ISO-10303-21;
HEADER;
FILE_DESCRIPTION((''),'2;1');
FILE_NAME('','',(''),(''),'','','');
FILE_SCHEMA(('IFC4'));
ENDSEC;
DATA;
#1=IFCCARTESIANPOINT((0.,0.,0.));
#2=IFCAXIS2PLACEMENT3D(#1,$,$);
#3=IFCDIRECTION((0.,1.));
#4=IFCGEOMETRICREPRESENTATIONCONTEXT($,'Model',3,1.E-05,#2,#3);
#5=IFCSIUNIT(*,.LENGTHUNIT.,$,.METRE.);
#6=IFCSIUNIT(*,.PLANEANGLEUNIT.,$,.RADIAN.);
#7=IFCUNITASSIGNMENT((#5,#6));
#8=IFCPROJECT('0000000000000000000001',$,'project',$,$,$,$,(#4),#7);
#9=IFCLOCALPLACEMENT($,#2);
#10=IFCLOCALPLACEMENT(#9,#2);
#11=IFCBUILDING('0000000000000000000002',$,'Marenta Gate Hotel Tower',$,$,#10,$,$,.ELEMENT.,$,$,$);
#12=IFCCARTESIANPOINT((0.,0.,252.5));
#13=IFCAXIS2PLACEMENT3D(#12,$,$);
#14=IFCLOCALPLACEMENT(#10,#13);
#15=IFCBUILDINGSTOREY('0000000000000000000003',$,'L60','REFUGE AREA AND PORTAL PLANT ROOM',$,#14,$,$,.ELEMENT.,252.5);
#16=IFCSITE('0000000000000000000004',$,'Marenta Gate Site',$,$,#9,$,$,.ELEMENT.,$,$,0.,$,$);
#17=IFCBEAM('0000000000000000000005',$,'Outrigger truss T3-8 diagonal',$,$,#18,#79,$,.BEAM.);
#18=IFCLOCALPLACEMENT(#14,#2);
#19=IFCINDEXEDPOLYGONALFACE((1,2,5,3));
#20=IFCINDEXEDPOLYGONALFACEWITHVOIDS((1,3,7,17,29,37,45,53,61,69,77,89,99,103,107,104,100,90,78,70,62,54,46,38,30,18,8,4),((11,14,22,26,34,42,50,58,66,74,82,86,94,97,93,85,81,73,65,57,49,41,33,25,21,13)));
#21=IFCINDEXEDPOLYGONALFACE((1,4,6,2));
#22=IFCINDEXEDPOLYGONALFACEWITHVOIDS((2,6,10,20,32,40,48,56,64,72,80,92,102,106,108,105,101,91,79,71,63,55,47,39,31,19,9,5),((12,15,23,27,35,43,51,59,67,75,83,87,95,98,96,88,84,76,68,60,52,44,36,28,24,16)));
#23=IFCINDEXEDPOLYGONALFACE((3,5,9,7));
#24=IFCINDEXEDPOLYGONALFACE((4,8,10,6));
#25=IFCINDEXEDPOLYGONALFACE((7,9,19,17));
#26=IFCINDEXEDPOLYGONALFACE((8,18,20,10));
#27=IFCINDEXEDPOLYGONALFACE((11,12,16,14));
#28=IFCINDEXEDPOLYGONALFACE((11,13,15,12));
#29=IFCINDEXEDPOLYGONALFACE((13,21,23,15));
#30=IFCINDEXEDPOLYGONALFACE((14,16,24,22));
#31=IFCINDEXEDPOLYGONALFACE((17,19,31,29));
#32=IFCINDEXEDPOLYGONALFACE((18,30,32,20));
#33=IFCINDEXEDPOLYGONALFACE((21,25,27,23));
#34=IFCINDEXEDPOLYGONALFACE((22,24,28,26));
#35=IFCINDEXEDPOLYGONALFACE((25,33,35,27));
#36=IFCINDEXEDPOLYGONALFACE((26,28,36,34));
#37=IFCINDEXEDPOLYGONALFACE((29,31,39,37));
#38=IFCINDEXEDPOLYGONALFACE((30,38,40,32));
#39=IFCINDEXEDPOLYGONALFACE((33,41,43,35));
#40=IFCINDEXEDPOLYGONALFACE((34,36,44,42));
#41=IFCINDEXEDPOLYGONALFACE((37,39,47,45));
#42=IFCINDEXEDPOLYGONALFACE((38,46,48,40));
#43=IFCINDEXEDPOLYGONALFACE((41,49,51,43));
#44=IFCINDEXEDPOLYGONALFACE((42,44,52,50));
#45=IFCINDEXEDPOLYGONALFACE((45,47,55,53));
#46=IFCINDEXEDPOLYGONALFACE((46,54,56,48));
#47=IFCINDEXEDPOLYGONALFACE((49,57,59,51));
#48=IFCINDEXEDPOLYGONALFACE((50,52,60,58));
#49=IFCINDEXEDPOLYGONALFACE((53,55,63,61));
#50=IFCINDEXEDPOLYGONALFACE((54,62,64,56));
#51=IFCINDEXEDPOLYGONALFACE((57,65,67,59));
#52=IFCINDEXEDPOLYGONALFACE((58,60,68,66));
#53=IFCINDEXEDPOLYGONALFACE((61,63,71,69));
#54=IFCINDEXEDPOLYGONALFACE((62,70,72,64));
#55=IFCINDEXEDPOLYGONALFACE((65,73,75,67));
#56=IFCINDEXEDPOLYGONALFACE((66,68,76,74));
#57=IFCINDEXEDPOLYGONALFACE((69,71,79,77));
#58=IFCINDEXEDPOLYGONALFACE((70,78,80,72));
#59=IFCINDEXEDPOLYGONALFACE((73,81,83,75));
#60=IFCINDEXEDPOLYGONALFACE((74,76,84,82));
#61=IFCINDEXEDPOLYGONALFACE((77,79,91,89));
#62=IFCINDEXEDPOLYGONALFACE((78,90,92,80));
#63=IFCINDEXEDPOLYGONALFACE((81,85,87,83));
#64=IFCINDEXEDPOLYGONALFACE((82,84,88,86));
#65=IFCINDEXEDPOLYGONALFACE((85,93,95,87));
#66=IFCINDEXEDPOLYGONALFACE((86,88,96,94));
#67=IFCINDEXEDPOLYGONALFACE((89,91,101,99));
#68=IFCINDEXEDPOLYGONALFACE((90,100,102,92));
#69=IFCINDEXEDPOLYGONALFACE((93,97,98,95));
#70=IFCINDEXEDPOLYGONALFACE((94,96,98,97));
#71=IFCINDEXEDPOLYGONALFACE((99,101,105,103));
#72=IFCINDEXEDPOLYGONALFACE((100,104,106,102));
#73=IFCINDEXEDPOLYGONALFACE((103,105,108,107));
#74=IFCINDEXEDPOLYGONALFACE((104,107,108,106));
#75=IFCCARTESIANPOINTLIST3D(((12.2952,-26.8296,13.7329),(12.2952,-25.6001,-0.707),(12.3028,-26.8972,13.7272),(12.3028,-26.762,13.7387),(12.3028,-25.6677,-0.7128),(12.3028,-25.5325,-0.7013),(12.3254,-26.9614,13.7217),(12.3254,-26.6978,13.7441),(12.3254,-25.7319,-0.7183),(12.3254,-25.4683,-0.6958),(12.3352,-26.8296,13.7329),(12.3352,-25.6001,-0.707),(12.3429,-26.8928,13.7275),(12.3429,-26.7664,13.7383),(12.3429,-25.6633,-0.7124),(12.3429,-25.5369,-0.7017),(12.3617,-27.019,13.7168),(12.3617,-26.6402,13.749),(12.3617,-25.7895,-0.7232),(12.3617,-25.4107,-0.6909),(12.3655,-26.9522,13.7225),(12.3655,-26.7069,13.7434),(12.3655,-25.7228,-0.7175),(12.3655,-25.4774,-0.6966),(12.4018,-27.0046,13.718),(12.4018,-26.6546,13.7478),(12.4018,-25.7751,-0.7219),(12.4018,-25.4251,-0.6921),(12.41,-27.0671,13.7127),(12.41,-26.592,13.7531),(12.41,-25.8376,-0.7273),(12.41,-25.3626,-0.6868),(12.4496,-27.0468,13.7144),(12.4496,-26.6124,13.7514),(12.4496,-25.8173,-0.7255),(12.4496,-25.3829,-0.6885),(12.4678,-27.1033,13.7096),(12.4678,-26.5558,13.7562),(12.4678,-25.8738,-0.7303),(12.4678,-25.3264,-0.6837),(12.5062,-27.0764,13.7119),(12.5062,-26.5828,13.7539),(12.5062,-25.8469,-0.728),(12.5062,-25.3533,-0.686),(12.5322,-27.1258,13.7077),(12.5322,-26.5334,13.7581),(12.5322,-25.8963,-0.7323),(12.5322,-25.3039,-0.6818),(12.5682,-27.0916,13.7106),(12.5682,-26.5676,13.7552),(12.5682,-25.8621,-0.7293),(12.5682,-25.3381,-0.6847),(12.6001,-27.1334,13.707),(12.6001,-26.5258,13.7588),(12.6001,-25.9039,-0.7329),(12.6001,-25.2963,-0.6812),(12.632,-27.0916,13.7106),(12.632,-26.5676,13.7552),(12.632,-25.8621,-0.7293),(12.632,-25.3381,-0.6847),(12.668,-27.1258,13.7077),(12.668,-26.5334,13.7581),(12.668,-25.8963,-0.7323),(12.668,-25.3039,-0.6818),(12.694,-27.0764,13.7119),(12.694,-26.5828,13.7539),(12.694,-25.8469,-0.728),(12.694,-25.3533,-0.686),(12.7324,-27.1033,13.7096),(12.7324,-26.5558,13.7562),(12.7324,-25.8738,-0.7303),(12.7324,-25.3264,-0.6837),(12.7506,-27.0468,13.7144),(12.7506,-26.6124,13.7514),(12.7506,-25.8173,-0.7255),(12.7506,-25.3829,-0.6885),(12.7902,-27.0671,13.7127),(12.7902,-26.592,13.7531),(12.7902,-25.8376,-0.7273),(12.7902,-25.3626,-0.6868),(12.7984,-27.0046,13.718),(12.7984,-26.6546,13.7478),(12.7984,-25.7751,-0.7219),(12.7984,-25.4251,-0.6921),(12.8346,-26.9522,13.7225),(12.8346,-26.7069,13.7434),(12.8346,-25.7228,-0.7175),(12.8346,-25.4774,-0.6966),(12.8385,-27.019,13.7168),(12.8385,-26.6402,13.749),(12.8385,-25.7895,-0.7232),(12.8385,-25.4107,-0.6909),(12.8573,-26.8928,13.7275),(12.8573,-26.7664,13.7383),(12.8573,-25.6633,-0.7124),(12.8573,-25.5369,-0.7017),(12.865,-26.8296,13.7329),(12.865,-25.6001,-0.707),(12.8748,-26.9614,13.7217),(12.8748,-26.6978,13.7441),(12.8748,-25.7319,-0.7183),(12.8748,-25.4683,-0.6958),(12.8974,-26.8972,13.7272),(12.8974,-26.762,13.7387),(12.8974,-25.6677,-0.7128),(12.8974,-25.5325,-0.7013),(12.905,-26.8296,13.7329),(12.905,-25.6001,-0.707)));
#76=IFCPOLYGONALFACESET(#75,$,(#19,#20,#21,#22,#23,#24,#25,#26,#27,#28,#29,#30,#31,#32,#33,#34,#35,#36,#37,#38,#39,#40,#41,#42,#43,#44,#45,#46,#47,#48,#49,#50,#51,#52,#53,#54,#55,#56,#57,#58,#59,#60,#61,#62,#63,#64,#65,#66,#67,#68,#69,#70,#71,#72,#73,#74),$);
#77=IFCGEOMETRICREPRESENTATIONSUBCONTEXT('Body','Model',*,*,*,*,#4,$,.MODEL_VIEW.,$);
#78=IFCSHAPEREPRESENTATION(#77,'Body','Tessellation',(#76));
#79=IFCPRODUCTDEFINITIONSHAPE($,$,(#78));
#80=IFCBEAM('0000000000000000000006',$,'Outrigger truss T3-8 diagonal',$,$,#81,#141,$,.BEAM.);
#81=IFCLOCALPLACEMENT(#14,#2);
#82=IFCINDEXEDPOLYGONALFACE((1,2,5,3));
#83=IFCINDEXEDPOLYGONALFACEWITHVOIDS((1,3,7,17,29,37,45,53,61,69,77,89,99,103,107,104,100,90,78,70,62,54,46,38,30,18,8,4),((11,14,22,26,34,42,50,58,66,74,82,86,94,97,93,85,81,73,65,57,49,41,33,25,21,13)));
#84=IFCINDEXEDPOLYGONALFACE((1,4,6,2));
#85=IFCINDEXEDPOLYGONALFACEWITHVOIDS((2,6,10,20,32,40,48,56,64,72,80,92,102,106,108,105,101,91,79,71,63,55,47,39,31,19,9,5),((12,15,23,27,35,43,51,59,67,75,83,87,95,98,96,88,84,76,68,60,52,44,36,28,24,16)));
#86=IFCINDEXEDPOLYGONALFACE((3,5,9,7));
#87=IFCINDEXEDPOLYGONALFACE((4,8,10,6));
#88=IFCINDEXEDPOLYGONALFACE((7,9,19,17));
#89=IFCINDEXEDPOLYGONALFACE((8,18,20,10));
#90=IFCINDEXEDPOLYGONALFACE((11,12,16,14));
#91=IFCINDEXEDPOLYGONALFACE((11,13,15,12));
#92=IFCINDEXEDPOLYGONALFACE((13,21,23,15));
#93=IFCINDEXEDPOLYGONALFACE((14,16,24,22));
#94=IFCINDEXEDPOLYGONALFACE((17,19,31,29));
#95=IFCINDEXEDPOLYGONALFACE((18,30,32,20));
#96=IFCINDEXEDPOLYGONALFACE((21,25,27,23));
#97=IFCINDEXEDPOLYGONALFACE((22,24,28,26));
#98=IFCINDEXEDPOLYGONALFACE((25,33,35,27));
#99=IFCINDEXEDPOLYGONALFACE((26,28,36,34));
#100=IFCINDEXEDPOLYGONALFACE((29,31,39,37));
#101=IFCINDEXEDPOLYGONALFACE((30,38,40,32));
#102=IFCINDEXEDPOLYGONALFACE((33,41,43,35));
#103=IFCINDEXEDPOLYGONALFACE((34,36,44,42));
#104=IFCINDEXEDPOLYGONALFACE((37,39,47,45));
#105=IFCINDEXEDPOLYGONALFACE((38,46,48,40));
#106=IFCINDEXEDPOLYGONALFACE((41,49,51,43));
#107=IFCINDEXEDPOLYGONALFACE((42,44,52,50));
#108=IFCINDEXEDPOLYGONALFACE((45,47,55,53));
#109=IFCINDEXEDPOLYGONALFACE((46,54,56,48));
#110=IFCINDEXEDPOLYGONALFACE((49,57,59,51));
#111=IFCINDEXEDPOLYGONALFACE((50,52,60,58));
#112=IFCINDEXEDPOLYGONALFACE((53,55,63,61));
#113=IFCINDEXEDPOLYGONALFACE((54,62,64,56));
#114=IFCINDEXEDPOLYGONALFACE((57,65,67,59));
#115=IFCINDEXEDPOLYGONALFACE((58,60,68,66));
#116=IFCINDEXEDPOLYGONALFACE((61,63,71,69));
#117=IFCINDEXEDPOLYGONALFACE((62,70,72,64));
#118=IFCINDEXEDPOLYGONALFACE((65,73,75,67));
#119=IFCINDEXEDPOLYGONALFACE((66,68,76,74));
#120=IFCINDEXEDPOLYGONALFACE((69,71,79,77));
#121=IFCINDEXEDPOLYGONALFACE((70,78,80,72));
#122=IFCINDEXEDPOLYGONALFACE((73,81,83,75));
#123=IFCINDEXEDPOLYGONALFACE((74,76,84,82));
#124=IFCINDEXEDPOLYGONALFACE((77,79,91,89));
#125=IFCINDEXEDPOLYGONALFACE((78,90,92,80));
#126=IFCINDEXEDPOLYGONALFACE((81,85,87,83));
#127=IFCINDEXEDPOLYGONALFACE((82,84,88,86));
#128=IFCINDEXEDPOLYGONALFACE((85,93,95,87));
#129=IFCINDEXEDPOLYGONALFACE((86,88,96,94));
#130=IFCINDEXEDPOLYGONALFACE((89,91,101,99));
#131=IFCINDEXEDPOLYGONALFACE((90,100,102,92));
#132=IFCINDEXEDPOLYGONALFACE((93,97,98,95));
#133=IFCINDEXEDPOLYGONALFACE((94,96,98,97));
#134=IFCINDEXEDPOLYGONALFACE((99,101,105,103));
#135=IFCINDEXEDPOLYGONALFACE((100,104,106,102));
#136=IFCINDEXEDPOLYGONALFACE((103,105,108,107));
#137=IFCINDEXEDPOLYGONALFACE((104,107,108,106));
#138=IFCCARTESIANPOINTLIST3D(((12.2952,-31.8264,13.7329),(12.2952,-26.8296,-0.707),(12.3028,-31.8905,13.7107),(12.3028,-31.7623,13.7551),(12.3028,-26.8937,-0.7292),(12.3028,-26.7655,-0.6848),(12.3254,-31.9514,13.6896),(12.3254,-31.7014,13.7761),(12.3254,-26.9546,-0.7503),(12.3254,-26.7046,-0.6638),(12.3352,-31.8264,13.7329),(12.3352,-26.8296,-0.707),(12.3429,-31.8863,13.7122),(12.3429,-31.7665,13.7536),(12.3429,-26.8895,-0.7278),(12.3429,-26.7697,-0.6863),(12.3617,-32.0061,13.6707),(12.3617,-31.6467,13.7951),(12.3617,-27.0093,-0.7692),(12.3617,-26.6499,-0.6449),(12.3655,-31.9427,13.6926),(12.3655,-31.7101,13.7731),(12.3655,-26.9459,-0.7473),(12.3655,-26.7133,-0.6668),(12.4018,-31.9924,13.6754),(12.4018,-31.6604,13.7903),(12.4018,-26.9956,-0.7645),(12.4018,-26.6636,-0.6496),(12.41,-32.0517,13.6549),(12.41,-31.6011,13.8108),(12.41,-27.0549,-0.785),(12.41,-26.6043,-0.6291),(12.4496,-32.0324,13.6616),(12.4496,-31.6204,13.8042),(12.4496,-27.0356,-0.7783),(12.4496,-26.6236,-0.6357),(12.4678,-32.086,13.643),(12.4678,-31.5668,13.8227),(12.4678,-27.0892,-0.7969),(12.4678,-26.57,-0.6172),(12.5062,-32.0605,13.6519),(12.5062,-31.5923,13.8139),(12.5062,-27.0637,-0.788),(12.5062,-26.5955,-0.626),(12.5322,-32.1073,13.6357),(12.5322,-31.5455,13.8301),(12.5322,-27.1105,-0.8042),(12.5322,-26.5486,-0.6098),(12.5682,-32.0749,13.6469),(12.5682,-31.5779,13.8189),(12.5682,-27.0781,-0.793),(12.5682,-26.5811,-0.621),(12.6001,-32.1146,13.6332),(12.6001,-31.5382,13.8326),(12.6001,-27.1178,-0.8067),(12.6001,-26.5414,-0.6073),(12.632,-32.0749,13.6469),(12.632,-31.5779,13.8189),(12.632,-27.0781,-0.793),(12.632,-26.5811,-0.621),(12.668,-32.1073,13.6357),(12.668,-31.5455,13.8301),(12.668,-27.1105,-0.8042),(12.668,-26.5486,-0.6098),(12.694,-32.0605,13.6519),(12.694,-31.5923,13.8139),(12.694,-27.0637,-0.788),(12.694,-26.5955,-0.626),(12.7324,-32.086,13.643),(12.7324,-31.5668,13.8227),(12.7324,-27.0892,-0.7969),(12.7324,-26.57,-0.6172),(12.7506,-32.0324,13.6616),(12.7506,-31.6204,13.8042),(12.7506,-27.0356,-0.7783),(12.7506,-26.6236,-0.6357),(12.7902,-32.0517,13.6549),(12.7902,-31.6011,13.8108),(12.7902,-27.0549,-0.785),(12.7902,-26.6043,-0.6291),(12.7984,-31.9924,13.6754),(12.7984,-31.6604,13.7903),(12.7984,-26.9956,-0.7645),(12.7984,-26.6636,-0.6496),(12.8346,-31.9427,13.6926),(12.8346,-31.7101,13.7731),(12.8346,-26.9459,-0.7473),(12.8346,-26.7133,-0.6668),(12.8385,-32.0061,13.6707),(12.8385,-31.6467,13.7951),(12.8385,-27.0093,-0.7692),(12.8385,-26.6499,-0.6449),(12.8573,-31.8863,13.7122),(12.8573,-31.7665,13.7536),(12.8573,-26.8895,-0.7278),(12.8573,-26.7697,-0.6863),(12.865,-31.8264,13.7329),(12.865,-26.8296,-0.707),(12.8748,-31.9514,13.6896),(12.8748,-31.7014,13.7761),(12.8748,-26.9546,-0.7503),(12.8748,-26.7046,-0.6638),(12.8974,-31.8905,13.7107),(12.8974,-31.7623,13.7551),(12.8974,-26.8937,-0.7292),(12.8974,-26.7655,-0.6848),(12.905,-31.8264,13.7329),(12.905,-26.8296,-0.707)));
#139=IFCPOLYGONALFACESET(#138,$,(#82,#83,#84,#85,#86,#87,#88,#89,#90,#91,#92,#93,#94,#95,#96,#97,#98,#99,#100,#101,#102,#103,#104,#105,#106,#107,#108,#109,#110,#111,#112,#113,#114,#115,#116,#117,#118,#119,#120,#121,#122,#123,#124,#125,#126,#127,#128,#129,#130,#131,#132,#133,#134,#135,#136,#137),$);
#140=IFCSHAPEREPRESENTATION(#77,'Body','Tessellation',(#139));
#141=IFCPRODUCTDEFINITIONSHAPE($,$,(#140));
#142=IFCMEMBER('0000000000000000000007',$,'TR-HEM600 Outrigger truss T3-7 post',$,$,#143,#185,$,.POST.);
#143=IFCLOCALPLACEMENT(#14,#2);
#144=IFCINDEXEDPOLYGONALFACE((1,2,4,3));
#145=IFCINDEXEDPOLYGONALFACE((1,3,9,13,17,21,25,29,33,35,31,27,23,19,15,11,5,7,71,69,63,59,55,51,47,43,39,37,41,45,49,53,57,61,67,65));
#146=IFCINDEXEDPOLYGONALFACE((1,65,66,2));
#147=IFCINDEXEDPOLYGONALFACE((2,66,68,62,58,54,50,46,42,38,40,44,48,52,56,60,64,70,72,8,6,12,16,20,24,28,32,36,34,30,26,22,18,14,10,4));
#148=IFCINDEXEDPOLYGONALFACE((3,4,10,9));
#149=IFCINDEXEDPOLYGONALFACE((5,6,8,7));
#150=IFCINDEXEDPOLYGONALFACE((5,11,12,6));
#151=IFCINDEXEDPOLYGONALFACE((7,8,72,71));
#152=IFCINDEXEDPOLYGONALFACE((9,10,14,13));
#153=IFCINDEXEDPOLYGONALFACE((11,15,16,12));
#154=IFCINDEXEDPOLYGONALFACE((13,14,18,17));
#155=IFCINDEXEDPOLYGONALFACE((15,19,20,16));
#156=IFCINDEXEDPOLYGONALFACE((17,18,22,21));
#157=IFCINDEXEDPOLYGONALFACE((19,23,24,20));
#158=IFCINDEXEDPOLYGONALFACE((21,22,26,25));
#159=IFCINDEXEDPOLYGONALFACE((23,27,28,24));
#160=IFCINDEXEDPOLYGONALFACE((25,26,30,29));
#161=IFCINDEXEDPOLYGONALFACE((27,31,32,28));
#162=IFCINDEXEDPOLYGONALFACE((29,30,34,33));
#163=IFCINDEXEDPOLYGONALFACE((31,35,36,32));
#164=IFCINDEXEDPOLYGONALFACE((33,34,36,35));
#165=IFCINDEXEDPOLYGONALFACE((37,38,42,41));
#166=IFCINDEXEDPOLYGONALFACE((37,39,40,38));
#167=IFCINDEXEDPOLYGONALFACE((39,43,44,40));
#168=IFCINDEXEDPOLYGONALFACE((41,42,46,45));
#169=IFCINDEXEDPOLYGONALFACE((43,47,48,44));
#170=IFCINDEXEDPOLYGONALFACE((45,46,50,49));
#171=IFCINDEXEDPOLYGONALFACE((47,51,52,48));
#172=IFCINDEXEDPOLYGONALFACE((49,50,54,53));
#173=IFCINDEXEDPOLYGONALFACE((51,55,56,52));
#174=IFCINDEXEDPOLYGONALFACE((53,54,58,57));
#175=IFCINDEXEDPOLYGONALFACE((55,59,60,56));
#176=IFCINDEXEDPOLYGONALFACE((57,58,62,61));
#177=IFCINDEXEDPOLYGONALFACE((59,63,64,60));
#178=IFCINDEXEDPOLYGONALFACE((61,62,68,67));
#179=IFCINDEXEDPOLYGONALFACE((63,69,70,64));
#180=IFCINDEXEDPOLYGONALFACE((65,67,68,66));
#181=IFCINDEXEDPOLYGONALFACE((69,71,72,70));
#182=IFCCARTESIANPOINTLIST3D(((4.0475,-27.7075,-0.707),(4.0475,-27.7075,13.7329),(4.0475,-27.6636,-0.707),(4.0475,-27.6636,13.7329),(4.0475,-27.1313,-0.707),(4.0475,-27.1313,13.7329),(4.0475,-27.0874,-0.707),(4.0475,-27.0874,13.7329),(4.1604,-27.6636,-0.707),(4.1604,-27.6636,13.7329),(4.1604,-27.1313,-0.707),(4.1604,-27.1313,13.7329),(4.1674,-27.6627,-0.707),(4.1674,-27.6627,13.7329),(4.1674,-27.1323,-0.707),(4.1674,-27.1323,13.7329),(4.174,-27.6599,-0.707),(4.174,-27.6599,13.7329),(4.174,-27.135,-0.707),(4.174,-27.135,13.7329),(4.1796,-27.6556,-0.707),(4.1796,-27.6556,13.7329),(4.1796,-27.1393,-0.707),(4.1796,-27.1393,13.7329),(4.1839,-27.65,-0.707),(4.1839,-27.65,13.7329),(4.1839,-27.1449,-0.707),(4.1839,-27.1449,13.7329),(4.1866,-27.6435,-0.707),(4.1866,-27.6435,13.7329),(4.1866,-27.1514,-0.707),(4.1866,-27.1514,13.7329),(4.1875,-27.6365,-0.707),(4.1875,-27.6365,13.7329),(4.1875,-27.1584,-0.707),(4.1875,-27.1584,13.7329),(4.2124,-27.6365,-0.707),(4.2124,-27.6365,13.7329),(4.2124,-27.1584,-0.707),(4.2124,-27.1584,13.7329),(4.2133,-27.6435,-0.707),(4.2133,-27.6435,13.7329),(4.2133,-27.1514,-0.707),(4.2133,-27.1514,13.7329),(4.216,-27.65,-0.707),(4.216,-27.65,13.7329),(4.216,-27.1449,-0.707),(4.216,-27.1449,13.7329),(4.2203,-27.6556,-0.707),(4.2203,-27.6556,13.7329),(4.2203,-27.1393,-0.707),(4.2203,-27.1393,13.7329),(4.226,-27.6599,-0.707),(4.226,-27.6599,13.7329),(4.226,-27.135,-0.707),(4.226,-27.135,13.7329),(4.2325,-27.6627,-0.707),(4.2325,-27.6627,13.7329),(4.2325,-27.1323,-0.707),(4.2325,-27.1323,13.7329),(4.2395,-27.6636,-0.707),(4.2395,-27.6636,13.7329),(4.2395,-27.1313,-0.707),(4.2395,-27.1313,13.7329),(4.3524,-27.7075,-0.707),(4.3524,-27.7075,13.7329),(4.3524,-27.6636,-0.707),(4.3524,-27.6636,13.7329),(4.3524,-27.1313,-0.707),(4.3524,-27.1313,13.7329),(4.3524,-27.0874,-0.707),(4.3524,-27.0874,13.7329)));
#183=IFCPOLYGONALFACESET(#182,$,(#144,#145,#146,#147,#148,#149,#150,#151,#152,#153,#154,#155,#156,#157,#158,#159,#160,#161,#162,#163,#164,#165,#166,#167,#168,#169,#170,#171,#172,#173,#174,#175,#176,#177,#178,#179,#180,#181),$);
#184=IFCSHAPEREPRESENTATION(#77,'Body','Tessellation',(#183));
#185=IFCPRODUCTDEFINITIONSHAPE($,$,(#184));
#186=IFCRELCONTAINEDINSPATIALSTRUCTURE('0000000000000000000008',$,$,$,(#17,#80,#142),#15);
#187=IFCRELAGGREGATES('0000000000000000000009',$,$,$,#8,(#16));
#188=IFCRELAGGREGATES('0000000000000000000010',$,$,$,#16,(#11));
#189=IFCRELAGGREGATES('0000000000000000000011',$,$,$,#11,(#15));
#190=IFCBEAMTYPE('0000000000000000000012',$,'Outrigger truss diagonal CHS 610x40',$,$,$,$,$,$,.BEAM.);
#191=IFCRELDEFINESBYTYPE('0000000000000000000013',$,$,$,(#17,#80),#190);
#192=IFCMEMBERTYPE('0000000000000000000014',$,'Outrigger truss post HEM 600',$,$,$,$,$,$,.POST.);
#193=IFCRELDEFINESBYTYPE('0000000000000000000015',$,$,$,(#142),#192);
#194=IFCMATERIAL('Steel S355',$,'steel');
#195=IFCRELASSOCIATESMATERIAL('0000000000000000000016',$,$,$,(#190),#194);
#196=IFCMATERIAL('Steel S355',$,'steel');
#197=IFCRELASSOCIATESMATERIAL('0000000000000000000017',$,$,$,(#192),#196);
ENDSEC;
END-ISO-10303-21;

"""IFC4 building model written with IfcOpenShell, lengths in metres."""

from ifc_helpers import new_model, si_unit, direction, frame, origin, origin_2d, place, context, subcontext, project, spatial, hollow_circle, i_section, extrude, material, material_profile, profile_set, type_object, element, save


model = new_model("IFC4")

# Units and contexts
model_context = context("Model", 3, precision=1e-05, world=origin(), true_north=direction((0.0, 1.0)))
body_context = subcontext(model_context, "Body", "Model", "MODEL_VIEW")
ifc_project = project(units=[si_unit("LENGTHUNIT", "METRE"), si_unit("PLANEANGLEUNIT", "RADIAN")], contexts=[model_context])

# Site, building, storey
site_placement = place(None, origin())
site = spatial("IfcSite", under=ifc_project, at=site_placement, Name="Marenta Gate Site", CompositionType="ELEMENT", RefElevation=0.0)
building_placement = place(site_placement, origin())
building = spatial("IfcBuilding", under=site, at=building_placement, Name="Marenta Gate Hotel Tower", CompositionType="ELEMENT")
storey_placement = place(building_placement, frame((0.0, 0.0, 252.5)))
storey = spatial("IfcBuildingStorey", under=building, at=storey_placement, Name="L60", Description="REFUGE AREA AND PORTAL PLANT ROOM", CompositionType="ELEMENT", Elevation=252.5)

# Beams
ifc_material_1 = material(Name="Steel S355", Category="steel")
ifc_material_profile_1 = material_profile(ifc_material_1, hollow_circle(Radius=0.3049, WallThickness=0.04, at=origin_2d()), Name="CHS 610x40")
ifc_profile_set_1 = profile_set([ifc_material_profile_1], Name="Steel S355")
beam_type_1 = type_object("IfcBeamType", Name="Outrigger truss diagonal CHS 610x40", PredefinedType="BEAM", material=ifc_profile_set_1)
beam_1_placement = place(storey_placement, frame((12.6001, -25.6001, -0.707), z_axis=(0.0, -0.084838, 0.996395), x_axis=(1.0, 0.0, 0.0)))
element("IfcBeam", 1, at=beam_1_placement, inside=storey, type_object=beam_type_1, Name="Outrigger truss T3-8 diagonal", PredefinedType="BEAM", context=body_context, shape_type="SweptSolid", body=[
    extrude(hollow_circle(Radius=0.3049, WallThickness=0.04, at=origin_2d()), origin(), (0.0, 0.0, 1.0), 14.4922),
])
beam_2_placement = place(storey_placement, frame((12.6001, -26.8296, -0.707), z_axis=(0.0, -0.327016, 0.945019), x_axis=(1.0, 0.0, 0.0)))
element("IfcBeam", 2, at=beam_2_placement, inside=storey, type_object=beam_type_1, Name="Outrigger truss T3-8 diagonal", PredefinedType="BEAM", context=body_context, shape_type="SweptSolid", body=[
    extrude(hollow_circle(Radius=0.3049, WallThickness=0.04, at=origin_2d()), origin(), (0.0, 0.0, 1.0), 15.28),
])

# Member
ifc_material_2 = material(Name="Steel S355", Category="steel")
ifc_material_profile_2 = material_profile(ifc_material_2, i_section(OverallWidth=0.3049, OverallDepth=0.6201, WebThickness=0.0249, FlangeThickness=0.0439, FilletRadius=0.0271, at=origin_2d()), Name="HEM 600")
ifc_profile_set_2 = profile_set([ifc_material_profile_2], Name="Steel S355")
member_type_1 = type_object("IfcMemberType", Name="Outrigger truss post HEM 600", PredefinedType="POST", material=ifc_profile_set_2)
for number, where, z_axis, x_axis, name in (
    (3, (4.2, -27.3975, -0.707), (0.0, 0.0, 1.0), (1.0, 0.0, 0.0), "TR-HEM600 Outrigger truss T3-7 post"),
):
    element("IfcMember", number, at=place(storey_placement, frame(where, z_axis=z_axis, x_axis=x_axis)), inside=storey, type_object=member_type_1, Name=name, PredefinedType="POST", context=body_context, shape_type="SweptSolid", body=[
        extrude(i_section(OverallWidth=0.3049, OverallDepth=0.6201, WebThickness=0.0249, FlangeThickness=0.0439, FilletRadius=0.0271, at=origin_2d()), origin(), (0.0, 0.0, 1.0), 14.4399),
    ])

save(model, "model.ifc")
